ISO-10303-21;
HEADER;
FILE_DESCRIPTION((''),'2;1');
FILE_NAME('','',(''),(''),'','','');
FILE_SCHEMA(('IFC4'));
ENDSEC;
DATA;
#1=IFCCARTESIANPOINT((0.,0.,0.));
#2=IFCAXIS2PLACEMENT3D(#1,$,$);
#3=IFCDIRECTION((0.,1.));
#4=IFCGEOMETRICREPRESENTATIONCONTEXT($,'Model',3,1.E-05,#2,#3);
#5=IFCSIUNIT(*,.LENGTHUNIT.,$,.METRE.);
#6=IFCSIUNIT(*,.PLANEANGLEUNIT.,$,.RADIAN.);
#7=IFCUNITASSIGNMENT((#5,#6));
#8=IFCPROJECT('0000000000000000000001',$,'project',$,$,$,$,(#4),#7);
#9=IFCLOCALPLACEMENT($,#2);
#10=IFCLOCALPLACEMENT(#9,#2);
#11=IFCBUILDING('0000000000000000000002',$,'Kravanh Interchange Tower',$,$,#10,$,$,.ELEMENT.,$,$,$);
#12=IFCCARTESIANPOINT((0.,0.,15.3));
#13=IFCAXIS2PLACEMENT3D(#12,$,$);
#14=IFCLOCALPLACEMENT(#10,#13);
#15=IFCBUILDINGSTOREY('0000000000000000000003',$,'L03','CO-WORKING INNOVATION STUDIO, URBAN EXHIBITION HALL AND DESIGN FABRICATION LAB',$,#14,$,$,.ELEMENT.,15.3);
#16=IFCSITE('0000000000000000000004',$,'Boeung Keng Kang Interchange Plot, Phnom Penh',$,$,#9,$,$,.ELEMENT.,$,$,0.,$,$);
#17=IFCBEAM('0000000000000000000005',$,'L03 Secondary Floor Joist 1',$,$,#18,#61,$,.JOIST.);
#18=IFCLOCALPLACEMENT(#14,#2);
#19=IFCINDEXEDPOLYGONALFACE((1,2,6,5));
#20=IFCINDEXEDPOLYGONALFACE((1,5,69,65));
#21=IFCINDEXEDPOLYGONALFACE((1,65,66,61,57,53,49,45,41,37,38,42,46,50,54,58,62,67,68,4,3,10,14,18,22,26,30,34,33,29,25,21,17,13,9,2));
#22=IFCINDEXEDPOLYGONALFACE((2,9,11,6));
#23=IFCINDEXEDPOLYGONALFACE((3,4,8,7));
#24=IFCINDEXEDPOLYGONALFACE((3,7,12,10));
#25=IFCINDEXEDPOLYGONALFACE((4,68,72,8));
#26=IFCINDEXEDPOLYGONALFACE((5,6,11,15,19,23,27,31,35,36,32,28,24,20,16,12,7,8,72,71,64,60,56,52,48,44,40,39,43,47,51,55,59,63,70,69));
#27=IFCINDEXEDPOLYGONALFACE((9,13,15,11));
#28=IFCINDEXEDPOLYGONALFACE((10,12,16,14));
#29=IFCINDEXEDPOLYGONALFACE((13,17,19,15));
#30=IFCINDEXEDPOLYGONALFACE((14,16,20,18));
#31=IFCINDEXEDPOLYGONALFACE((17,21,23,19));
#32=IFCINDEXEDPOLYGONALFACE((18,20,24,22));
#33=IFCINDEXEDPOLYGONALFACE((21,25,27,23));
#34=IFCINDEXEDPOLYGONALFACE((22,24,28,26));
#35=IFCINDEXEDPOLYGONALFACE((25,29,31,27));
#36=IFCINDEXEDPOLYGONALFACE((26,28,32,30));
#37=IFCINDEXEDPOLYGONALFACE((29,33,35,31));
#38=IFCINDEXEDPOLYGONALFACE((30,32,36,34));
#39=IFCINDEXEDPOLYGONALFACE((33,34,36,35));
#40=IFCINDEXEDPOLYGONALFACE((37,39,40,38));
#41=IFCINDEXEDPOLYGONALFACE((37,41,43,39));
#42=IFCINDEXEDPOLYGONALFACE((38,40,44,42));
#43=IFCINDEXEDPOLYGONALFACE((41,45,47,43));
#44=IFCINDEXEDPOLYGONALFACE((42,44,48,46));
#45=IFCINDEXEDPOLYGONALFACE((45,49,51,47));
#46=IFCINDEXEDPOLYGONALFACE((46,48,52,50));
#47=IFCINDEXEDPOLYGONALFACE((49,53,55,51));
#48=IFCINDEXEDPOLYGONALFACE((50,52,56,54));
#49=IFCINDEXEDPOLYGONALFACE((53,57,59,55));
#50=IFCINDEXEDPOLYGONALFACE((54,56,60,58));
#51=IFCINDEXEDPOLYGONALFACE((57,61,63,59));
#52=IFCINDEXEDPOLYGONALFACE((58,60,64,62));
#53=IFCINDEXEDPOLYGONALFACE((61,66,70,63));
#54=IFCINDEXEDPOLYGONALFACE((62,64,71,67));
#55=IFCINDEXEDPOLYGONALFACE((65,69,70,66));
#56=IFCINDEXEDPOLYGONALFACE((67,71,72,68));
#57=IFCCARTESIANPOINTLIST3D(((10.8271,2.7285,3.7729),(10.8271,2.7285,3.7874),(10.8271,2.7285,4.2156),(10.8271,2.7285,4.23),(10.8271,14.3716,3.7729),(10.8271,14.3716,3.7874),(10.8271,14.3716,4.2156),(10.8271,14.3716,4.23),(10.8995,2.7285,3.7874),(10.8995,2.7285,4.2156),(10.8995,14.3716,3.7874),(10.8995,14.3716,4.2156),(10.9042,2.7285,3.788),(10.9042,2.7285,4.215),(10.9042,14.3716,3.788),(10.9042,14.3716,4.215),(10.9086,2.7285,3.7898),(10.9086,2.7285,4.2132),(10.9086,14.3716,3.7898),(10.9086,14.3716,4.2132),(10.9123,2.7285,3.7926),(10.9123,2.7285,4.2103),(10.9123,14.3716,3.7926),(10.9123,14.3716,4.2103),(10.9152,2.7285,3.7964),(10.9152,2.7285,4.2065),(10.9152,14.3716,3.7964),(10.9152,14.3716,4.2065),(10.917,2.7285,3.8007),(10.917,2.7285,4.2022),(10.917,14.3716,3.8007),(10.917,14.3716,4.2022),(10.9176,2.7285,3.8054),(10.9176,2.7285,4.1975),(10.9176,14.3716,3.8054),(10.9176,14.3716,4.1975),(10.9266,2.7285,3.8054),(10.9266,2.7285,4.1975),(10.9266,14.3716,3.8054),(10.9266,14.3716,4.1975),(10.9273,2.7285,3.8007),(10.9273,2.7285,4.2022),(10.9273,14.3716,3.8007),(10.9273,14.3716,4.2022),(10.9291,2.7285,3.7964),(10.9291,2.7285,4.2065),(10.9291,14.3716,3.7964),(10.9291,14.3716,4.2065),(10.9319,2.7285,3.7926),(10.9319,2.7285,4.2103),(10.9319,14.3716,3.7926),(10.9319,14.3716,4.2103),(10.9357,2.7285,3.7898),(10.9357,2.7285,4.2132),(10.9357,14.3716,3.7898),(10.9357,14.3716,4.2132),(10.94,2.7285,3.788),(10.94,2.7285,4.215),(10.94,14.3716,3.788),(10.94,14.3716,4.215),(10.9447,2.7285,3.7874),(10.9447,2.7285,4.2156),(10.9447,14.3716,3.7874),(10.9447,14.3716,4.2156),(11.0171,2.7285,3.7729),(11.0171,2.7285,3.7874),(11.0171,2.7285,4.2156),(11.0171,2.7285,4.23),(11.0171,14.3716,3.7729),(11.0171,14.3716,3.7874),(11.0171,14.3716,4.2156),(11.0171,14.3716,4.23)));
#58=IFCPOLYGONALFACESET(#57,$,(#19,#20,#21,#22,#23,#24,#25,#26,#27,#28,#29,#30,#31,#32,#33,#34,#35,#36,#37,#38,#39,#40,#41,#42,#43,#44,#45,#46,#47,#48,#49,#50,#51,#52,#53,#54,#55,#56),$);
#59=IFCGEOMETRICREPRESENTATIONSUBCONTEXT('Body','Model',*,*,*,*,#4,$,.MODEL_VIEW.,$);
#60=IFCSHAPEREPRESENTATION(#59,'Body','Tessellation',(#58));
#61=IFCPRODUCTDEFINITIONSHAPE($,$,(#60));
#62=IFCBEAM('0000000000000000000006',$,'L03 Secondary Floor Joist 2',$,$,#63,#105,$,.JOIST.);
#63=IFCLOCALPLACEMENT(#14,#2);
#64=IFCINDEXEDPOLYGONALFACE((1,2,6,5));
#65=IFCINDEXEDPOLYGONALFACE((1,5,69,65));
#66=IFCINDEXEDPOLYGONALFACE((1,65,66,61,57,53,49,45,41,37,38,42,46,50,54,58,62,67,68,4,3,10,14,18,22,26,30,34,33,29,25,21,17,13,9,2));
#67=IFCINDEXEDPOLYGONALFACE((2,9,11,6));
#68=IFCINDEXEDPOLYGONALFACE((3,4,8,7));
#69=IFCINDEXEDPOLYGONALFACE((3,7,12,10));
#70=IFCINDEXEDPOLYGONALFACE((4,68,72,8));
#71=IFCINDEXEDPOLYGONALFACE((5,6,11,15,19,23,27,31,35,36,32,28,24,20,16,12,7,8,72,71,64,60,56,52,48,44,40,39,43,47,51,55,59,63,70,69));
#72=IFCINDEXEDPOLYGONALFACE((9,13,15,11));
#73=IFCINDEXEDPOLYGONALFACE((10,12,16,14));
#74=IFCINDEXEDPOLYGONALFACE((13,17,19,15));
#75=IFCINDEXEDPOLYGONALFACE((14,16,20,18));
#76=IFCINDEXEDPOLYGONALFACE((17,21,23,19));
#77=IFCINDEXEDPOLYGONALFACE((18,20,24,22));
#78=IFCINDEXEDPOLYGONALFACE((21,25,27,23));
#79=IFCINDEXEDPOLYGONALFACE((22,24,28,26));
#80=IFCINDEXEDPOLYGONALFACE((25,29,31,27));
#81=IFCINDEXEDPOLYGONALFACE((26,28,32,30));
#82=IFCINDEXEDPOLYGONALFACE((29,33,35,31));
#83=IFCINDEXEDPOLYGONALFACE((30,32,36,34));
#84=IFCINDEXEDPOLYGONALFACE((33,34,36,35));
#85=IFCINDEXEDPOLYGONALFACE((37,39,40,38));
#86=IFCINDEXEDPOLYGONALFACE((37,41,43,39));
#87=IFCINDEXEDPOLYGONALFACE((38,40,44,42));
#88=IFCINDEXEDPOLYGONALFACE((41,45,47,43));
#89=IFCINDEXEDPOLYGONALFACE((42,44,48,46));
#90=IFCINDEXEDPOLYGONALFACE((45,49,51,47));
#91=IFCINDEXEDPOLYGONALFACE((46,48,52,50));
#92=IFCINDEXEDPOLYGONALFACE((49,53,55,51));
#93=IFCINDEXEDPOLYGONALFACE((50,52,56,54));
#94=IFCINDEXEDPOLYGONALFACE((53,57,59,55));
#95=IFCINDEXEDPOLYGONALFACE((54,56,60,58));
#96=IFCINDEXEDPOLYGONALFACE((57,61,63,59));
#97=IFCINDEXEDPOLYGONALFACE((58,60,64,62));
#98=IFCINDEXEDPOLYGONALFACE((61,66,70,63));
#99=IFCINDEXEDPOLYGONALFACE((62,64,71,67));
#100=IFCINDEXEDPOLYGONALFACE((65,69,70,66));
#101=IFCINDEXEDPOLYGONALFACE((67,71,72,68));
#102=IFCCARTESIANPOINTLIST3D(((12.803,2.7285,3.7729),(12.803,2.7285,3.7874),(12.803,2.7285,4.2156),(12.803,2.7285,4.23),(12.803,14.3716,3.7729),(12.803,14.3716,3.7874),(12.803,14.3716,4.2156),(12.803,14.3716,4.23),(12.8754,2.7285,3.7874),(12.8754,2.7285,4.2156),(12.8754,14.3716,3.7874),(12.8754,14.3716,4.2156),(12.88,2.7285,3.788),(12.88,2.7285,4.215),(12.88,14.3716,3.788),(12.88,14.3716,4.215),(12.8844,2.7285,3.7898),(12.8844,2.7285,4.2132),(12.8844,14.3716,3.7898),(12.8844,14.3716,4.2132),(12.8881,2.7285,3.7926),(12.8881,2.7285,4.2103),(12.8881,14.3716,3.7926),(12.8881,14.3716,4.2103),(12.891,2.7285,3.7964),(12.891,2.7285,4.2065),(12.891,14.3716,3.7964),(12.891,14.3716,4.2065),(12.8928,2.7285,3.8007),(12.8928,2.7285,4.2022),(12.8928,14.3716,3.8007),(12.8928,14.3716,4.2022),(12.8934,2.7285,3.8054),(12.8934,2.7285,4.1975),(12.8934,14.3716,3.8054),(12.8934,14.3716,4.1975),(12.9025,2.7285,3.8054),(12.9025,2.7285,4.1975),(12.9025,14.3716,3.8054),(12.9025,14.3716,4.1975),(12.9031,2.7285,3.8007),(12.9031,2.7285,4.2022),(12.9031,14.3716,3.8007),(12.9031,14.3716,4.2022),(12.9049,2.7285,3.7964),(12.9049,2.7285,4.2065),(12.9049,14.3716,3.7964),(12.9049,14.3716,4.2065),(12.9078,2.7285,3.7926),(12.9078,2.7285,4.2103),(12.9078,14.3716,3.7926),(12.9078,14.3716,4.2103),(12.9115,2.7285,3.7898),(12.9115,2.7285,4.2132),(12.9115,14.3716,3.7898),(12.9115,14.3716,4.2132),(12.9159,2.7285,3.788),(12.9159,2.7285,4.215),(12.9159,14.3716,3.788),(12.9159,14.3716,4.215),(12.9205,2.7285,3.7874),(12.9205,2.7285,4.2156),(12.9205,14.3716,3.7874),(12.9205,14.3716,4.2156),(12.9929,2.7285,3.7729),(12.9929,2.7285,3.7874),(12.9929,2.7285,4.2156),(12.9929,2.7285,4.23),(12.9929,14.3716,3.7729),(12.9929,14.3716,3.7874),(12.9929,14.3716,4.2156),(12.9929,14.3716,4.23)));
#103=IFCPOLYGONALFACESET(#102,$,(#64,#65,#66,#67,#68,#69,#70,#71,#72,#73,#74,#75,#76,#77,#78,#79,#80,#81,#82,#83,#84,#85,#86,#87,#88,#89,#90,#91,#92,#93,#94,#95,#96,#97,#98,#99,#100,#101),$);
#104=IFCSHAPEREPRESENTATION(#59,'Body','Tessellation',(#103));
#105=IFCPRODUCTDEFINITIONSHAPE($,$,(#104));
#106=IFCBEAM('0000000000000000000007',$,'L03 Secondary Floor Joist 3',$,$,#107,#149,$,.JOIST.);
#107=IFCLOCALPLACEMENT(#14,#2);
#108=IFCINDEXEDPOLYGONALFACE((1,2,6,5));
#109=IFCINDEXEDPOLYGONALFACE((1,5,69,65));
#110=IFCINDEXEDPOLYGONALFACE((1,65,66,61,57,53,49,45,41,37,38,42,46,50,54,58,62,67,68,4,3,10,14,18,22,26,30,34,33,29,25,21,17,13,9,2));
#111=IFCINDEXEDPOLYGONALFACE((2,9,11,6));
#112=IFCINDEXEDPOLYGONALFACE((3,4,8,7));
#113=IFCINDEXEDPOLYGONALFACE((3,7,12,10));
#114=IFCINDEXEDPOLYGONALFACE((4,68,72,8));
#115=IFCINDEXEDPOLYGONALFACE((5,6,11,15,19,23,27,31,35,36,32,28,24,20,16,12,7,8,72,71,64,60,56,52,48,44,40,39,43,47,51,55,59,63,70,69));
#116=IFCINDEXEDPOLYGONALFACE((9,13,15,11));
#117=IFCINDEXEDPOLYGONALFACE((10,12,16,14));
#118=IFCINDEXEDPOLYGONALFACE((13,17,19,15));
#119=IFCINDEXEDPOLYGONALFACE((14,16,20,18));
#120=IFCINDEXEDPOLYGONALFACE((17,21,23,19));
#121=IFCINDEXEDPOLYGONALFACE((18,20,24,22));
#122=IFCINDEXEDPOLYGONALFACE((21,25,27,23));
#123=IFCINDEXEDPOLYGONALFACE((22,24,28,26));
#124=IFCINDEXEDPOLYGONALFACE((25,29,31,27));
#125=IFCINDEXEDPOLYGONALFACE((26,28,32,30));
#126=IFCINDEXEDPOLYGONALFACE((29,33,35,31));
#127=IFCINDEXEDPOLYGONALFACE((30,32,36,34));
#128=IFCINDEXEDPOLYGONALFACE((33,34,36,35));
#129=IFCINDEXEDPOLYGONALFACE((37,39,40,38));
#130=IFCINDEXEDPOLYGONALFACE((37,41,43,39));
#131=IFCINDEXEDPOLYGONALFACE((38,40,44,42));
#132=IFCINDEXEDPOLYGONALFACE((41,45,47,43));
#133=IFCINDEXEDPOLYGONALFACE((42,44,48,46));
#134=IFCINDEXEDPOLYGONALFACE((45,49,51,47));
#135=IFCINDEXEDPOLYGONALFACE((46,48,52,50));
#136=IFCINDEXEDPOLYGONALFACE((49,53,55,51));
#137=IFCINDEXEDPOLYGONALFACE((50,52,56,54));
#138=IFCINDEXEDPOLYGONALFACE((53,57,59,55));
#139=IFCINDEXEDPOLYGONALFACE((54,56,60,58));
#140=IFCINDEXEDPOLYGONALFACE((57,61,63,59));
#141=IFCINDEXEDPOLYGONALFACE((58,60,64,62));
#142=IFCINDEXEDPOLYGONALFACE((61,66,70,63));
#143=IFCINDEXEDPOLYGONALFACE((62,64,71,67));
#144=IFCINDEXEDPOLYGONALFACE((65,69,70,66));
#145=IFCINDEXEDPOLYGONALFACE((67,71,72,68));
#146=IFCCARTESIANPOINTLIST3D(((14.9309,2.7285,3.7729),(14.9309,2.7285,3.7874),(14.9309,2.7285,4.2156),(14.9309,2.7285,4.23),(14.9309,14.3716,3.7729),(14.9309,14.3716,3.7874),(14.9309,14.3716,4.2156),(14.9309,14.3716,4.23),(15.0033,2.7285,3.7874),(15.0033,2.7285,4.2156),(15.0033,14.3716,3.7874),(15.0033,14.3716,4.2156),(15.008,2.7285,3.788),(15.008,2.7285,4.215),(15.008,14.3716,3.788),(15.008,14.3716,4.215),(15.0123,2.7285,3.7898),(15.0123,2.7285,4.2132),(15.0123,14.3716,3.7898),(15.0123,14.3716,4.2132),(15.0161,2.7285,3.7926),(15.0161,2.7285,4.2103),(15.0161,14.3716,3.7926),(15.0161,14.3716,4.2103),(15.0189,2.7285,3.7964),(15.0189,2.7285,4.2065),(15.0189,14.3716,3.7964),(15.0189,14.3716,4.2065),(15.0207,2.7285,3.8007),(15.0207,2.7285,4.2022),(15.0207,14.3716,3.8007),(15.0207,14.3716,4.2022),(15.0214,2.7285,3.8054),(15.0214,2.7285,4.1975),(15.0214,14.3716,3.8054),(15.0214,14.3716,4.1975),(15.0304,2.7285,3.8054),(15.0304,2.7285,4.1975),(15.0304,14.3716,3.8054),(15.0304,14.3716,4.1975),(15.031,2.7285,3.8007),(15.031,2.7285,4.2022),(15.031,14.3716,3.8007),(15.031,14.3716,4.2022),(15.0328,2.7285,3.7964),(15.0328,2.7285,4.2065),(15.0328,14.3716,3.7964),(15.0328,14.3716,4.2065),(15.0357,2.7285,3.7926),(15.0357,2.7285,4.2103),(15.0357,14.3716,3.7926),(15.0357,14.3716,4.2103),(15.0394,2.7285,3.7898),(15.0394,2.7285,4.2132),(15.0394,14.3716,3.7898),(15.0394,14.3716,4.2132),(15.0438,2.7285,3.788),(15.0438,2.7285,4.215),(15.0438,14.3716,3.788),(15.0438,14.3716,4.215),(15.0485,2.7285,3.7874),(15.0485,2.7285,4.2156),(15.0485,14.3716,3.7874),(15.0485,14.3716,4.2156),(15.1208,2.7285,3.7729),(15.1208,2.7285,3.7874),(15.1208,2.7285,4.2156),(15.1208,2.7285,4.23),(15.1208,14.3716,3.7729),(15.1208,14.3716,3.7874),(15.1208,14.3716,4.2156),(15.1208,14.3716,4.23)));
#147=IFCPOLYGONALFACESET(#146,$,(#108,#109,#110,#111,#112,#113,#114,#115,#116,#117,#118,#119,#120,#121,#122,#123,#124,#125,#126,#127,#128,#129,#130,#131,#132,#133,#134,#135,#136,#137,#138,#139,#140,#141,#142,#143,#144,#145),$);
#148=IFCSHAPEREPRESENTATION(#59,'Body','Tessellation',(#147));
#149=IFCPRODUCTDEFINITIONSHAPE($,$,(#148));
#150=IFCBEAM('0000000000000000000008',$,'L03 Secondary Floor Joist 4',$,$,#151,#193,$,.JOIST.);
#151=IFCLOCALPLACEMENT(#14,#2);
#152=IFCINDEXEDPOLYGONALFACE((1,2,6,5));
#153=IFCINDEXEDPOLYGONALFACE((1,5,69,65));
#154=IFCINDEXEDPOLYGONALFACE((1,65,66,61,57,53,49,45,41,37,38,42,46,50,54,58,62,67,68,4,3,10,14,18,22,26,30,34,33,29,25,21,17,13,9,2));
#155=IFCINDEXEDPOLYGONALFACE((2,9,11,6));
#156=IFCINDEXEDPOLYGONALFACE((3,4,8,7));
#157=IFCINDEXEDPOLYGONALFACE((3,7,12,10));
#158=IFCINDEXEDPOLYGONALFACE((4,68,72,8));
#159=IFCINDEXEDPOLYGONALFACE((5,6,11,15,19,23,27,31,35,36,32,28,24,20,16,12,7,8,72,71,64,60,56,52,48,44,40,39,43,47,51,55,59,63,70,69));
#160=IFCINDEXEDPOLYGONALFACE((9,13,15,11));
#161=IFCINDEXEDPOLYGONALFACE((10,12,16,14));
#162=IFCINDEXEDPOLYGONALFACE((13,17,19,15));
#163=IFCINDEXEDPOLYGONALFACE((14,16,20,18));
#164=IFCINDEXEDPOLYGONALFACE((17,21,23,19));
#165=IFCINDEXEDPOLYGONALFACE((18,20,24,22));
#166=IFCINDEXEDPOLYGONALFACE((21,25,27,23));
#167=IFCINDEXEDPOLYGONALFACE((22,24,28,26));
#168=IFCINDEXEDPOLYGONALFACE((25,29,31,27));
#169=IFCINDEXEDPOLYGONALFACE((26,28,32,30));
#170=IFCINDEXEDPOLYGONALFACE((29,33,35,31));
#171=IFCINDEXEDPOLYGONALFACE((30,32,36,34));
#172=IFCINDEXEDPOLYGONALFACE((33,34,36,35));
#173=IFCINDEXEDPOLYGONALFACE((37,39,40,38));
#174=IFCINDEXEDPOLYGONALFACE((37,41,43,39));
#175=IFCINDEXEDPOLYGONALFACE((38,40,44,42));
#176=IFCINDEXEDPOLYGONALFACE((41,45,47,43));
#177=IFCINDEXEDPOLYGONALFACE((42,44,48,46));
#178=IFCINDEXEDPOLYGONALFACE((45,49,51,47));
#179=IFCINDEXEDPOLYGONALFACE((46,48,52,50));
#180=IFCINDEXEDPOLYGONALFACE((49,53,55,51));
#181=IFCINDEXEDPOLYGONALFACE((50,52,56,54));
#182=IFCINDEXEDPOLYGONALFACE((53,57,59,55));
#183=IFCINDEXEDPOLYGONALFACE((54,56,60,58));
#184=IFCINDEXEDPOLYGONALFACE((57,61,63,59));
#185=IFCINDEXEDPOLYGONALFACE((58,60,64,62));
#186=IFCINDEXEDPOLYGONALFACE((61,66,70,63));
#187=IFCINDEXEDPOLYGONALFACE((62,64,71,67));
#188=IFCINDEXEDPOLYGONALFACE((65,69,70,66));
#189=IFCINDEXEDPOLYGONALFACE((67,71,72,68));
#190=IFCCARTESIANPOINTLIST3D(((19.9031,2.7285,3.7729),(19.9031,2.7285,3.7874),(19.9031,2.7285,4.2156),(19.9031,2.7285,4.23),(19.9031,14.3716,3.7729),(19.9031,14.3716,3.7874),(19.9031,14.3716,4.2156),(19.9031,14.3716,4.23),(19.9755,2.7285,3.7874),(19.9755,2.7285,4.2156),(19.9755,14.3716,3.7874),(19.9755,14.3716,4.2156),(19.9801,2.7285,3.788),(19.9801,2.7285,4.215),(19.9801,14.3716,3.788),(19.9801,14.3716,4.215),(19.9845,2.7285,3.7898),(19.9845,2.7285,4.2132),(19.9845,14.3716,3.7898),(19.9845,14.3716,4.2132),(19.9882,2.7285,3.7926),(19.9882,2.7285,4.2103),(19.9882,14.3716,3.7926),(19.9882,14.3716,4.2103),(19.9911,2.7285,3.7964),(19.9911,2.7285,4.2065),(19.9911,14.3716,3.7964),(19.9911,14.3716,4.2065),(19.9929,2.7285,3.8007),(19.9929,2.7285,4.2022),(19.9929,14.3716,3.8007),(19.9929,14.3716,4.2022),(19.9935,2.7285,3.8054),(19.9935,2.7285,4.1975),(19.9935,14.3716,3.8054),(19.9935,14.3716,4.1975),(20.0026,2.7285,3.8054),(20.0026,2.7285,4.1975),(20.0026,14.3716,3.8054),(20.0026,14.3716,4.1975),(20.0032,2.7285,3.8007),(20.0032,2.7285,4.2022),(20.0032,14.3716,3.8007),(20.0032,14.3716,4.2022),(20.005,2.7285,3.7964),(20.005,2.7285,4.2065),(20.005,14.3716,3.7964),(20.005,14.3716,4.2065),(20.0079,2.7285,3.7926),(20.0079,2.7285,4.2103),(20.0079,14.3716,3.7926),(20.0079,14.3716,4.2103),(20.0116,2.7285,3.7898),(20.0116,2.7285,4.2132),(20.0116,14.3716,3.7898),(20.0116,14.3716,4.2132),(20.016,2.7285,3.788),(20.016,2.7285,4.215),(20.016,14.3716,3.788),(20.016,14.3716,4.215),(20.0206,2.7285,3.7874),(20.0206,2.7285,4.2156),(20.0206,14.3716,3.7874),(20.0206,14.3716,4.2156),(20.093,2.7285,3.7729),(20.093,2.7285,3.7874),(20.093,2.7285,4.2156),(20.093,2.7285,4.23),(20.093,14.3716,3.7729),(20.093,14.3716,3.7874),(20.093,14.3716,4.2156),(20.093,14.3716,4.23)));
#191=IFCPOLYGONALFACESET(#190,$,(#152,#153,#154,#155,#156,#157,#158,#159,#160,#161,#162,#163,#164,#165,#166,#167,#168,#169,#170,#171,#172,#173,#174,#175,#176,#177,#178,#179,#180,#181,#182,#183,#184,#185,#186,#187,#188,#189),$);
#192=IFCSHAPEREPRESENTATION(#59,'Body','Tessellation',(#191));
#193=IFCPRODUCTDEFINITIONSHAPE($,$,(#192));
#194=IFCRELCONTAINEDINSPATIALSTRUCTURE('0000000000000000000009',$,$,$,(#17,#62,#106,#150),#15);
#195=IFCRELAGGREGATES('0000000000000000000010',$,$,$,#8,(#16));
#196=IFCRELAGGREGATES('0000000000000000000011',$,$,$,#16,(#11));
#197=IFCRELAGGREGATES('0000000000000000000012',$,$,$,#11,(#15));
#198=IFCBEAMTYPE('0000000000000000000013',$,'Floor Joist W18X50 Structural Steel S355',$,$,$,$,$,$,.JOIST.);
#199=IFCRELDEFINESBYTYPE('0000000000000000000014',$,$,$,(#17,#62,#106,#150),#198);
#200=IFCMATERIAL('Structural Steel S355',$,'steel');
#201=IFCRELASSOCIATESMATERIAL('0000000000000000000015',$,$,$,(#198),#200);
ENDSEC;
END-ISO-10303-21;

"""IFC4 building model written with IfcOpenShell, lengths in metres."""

from ifc_helpers import new_model, si_unit, direction, frame, origin, origin_2d, place, context, subcontext, project, spatial, i_section, extrude, material, material_profile, profile_set, type_object, element, save


model = new_model("IFC4")

# Units and contexts
model_context = context("Model", 3, precision=1e-05, world=origin(), true_north=direction((0.0, 1.0)))
body_context = subcontext(model_context, "Body", "Model", "MODEL_VIEW")
ifc_project = project(units=[si_unit("LENGTHUNIT", "METRE"), si_unit("PLANEANGLEUNIT", "RADIAN")], contexts=[model_context])

# Site, building, storey
site_placement = place(None, origin())
site = spatial("IfcSite", under=ifc_project, at=site_placement, Name="Boeung Keng Kang Interchange Plot, Phnom Penh", CompositionType="ELEMENT", RefElevation=0.0)
building_placement = place(site_placement, origin())
building = spatial("IfcBuilding", under=site, at=building_placement, Name="Kravanh Interchange Tower", CompositionType="ELEMENT")
storey_placement = place(building_placement, frame((0.0, 0.0, 15.3)))
storey = spatial("IfcBuildingStorey", under=building, at=storey_placement, Name="L03", Description="CO-WORKING INNOVATION STUDIO, URBAN EXHIBITION HALL AND DESIGN FABRICATION LAB", CompositionType="ELEMENT", Elevation=15.3)

# Beams
ifc_material_1 = material(Name="Structural Steel S355", Category="steel")
ifc_material_profile_1 = material_profile(ifc_material_1, i_section(OverallWidth=0.1899, OverallDepth=0.457, WebThickness=0.009, FlangeThickness=0.0144, FilletRadius=0.0181, at=origin_2d()), Name="W18X50")
ifc_profile_set_1 = profile_set([ifc_material_profile_1], Name="Structural Steel S355")
beam_type_1 = type_object("IfcBeamType", Name="Floor Joist W18X50 Structural Steel S355", PredefinedType="JOIST", material=ifc_profile_set_1)
for number, where, z_axis, x_axis, name in (
    (1, (10.9221, 2.7285, 4.0015), (0.0, 1.0, 0.0), (-1.0, 0.0, 0.0), "L03 Secondary Floor Joist 1"),
    (2, (12.8979, 2.7285, 4.0015), (0.0, 1.0, 0.0), (-1.0, 0.0, 0.0), "L03 Secondary Floor Joist 2"),
    (3, (15.0259, 2.7285, 4.0015), (0.0, 1.0, 0.0), (-1.0, 0.0, 0.0), "L03 Secondary Floor Joist 3"),
    (4, (19.998, 2.7285, 4.0015), (0.0, 1.0, 0.0), (-1.0, 0.0, 0.0), "L03 Secondary Floor Joist 4"),
):
    element("IfcBeam", number, at=place(storey_placement, frame(where, z_axis=z_axis, x_axis=x_axis)), inside=storey, type_object=beam_type_1, Name=name, PredefinedType="JOIST", context=body_context, shape_type="SweptSolid", body=[
        extrude(i_section(OverallWidth=0.1899, OverallDepth=0.457, WebThickness=0.009, FlangeThickness=0.0144, FilletRadius=0.0181, at=origin_2d()), origin(), (0.0, 0.0, 1.0), 11.6431),
    ])

save(model, "model.ifc")
